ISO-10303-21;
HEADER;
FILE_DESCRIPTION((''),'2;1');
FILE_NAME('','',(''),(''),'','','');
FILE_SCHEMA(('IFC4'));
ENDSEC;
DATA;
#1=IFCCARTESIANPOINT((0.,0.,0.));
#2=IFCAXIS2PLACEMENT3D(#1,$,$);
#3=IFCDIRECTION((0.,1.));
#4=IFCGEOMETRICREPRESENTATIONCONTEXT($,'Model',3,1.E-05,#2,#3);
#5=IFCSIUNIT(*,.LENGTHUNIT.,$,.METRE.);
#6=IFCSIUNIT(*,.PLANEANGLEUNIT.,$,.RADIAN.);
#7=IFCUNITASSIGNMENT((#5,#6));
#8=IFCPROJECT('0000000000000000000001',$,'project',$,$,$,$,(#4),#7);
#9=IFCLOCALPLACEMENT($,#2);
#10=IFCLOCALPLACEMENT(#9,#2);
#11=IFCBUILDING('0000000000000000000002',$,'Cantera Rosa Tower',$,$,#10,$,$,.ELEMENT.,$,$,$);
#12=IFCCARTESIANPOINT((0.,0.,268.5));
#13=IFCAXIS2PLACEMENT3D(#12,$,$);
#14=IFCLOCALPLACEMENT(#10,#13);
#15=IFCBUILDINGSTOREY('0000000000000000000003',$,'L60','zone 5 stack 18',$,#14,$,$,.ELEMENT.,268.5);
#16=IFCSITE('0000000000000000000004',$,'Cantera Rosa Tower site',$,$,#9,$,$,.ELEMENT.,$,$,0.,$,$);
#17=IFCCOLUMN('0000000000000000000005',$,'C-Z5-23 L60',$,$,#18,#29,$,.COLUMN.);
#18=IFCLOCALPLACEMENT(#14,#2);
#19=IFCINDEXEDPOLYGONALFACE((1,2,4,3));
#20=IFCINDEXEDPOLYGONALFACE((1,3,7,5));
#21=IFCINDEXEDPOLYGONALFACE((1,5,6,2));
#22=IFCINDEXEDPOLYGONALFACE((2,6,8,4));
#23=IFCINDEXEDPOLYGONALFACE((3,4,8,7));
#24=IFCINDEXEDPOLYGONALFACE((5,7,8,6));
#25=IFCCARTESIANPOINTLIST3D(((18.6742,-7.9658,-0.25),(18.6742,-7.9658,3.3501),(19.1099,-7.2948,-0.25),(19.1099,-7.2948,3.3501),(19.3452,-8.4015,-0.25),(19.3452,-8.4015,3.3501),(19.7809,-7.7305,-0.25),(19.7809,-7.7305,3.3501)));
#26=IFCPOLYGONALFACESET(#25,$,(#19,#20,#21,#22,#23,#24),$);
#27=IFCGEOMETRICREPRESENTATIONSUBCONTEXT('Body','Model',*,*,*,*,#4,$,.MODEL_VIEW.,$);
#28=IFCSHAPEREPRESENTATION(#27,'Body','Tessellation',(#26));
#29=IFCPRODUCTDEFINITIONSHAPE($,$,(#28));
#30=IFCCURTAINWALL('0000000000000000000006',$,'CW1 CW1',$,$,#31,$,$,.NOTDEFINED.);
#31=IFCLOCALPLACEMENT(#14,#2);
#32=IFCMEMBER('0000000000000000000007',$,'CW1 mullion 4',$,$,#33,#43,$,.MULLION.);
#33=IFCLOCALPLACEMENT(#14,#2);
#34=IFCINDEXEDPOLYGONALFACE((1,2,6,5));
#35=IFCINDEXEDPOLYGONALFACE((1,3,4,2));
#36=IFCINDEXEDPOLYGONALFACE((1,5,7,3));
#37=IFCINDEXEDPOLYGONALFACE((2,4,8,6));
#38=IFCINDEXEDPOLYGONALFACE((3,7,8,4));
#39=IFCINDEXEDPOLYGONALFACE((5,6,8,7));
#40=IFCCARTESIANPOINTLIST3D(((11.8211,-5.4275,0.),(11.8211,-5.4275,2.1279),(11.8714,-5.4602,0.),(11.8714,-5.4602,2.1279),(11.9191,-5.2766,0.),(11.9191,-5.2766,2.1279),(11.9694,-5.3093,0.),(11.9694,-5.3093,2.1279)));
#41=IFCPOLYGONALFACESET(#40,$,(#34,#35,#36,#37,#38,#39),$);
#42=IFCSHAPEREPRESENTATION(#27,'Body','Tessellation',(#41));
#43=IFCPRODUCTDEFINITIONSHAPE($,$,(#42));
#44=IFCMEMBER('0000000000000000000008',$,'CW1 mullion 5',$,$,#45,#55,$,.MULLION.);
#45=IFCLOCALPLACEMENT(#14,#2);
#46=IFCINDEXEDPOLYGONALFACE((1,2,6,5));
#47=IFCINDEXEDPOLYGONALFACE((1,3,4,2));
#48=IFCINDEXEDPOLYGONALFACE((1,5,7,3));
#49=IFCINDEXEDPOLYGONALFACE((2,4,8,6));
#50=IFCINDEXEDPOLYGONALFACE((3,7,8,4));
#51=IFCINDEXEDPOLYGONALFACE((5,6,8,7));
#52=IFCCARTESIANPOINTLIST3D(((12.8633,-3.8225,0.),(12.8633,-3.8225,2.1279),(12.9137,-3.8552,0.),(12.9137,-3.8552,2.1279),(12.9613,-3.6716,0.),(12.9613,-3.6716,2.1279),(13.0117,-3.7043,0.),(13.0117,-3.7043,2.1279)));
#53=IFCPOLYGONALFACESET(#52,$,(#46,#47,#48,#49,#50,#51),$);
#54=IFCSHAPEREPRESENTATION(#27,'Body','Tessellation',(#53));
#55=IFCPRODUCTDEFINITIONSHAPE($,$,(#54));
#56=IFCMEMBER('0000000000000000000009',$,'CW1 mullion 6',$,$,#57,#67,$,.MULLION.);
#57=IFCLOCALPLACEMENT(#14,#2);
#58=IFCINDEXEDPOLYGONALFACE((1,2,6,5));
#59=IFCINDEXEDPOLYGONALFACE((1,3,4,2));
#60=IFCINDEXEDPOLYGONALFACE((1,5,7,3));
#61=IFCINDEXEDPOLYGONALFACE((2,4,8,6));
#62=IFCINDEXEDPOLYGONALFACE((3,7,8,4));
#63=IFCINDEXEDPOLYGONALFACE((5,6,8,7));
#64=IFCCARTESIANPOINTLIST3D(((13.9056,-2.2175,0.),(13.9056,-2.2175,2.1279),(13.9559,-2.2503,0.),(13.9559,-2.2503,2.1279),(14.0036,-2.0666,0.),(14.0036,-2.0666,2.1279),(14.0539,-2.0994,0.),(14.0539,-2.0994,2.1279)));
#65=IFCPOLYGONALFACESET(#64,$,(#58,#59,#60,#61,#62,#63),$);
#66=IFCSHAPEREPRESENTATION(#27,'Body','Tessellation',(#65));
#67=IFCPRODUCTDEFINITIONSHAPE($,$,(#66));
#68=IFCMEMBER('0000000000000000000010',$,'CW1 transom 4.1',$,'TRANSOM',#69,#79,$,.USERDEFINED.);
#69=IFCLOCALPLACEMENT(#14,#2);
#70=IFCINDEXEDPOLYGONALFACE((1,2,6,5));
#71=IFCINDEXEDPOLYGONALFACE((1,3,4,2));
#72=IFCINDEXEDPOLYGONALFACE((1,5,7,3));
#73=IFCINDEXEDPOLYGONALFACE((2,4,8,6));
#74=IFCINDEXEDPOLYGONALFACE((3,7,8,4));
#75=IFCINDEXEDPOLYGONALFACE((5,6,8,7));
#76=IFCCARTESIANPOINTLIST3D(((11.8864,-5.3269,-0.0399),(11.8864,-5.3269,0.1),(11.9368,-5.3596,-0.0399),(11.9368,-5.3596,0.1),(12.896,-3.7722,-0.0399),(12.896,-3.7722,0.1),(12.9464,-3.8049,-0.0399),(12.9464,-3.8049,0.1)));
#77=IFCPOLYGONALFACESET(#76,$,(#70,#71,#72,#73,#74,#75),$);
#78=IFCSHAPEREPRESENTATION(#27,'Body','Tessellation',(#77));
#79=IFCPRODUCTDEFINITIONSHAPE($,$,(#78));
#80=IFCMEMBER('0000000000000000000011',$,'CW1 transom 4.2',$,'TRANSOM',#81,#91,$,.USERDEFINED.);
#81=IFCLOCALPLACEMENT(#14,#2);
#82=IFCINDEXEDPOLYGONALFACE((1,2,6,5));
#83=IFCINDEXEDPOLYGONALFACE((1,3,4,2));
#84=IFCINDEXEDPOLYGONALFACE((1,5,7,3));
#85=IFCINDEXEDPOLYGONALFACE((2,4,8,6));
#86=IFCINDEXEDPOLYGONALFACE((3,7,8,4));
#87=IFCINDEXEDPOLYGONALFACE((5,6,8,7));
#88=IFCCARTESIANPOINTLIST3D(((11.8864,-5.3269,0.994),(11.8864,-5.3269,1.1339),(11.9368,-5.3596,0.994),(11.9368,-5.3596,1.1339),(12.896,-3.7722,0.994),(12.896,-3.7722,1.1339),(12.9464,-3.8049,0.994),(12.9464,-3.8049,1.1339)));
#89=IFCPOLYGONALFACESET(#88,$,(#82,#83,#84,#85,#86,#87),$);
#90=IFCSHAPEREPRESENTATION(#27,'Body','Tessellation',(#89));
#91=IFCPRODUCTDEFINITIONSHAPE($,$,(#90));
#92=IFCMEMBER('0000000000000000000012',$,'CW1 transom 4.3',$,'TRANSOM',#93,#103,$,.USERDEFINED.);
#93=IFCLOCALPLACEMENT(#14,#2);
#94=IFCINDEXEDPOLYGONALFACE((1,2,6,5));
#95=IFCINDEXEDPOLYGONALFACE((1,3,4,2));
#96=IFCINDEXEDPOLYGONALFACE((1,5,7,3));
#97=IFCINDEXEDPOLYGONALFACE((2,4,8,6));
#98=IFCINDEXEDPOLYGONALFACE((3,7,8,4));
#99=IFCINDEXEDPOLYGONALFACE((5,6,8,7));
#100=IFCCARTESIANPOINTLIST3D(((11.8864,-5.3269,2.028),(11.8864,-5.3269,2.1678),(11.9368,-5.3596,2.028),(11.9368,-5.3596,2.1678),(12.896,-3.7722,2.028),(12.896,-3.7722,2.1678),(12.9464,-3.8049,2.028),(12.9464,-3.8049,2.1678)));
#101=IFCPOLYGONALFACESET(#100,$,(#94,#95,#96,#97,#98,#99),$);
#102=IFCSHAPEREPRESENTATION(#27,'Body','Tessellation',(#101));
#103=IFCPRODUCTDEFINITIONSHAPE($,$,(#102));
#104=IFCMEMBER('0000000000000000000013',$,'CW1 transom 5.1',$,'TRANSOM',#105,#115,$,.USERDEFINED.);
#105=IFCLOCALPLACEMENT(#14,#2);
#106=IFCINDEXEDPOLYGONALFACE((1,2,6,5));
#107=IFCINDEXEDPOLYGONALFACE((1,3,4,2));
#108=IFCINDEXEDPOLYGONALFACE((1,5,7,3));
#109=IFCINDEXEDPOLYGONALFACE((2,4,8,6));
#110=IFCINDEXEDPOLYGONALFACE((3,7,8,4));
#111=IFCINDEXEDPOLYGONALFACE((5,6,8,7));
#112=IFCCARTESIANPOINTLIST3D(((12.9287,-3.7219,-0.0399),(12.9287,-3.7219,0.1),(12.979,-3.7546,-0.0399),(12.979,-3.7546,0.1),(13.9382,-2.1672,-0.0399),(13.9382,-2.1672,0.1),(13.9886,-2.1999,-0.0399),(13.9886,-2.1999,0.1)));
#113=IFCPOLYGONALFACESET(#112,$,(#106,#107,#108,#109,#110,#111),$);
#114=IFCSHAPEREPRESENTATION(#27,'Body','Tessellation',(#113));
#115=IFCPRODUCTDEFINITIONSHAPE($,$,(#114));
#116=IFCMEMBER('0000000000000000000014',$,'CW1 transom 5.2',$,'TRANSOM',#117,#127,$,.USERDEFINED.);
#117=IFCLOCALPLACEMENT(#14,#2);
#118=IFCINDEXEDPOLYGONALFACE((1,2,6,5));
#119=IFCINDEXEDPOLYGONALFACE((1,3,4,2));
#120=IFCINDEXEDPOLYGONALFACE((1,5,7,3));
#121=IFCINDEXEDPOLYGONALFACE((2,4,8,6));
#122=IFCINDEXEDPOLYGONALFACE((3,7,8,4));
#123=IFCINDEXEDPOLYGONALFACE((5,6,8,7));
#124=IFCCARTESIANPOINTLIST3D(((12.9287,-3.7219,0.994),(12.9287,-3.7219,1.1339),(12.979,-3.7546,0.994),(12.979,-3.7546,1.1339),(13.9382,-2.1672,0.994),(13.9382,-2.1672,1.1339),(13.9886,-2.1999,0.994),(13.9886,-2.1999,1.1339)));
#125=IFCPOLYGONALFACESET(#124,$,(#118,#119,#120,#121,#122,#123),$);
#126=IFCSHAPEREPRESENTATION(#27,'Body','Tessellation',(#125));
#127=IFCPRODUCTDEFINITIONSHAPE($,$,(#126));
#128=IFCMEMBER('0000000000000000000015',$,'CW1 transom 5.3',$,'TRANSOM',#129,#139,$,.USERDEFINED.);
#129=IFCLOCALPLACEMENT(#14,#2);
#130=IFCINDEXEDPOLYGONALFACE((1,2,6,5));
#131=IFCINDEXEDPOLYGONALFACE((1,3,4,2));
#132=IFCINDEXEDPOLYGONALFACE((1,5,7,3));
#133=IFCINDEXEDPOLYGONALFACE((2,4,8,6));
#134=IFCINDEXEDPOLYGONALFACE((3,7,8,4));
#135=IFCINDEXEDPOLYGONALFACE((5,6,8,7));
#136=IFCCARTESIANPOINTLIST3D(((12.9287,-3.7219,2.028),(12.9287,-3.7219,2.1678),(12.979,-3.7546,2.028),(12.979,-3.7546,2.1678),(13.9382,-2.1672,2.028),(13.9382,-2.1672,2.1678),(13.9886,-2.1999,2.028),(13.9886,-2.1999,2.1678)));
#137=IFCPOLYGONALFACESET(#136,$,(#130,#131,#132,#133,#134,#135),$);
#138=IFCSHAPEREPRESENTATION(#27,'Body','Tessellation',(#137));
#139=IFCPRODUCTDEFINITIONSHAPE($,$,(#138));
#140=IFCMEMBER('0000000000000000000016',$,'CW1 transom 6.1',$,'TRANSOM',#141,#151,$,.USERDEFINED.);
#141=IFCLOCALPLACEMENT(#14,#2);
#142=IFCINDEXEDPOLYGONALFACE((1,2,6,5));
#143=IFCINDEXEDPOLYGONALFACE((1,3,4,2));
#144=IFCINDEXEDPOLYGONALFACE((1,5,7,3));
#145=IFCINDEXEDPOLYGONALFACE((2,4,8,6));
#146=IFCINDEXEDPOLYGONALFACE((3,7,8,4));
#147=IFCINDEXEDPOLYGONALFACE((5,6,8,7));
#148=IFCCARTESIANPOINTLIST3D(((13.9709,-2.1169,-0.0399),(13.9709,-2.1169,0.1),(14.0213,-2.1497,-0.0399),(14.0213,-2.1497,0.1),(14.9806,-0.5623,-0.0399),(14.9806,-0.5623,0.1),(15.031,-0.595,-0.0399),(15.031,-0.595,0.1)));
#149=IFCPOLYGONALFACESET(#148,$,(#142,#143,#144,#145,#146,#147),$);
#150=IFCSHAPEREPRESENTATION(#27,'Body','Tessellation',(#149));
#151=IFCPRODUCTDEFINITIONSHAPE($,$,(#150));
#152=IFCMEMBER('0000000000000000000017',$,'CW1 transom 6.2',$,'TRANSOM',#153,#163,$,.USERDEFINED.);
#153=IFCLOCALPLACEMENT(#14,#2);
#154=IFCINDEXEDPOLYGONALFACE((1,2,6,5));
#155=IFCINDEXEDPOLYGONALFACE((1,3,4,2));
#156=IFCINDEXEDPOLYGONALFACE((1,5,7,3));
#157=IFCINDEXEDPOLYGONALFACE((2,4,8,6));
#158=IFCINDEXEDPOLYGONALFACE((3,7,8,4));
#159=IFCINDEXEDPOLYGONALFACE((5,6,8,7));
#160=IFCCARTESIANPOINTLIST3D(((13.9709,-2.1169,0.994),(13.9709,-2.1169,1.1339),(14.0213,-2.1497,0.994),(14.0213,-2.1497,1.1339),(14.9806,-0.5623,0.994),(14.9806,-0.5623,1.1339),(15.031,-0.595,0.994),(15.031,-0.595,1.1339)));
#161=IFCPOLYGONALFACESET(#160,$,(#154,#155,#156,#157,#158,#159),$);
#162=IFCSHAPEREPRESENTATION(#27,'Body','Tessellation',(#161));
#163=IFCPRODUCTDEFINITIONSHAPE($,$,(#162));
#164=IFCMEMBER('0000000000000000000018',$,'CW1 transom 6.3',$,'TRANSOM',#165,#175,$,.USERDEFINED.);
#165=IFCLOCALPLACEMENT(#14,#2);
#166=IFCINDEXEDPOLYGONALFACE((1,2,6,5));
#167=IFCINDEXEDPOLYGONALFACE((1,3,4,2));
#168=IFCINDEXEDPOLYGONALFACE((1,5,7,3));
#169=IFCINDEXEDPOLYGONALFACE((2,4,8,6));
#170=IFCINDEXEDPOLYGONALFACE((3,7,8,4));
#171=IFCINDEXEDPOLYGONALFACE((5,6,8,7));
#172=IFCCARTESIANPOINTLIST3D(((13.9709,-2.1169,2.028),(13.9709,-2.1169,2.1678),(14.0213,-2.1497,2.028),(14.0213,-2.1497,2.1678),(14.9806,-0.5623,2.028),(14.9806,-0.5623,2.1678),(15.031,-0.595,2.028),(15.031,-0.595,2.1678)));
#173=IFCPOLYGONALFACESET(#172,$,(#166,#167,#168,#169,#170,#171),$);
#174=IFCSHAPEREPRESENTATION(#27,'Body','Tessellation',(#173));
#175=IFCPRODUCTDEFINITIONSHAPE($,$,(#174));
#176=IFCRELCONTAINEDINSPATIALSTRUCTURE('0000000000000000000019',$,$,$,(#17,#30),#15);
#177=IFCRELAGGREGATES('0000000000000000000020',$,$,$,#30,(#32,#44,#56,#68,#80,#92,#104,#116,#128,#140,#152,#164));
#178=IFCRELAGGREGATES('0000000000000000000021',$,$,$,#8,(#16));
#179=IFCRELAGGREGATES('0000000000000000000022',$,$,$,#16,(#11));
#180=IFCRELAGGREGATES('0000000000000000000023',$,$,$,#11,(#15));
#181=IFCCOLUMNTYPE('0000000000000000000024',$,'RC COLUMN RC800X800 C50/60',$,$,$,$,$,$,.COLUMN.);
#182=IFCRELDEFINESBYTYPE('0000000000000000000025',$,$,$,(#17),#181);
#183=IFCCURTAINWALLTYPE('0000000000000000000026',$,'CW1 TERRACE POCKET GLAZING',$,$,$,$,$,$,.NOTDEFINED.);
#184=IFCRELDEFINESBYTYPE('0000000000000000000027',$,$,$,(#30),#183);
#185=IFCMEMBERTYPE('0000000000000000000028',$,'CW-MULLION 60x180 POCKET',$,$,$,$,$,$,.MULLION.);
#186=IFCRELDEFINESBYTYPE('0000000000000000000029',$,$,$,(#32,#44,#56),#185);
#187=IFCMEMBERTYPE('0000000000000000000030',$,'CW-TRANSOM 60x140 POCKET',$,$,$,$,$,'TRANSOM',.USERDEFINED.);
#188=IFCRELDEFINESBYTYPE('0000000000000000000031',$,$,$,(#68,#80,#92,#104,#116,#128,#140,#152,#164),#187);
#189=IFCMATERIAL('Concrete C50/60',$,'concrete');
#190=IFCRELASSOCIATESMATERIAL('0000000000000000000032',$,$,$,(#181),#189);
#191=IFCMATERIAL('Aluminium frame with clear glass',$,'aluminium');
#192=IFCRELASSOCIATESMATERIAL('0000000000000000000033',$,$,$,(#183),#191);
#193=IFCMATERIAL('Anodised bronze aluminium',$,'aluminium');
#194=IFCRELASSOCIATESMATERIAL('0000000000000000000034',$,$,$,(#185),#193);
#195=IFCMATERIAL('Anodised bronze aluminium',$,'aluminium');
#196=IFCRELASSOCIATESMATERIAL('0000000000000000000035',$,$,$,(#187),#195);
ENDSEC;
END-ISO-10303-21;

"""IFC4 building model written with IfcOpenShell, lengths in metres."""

from ifc_helpers import new_model, si_unit, direction, frame, origin, origin_2d, place, context, subcontext, project, spatial, rectangle, extrude, material, material_profile, profile_set, type_object, element, aggregate, save


model = new_model("IFC4")

# Units and contexts
model_context = context("Model", 3, precision=1e-05, world=origin(), true_north=direction((0.0, 1.0)))
body_context = subcontext(model_context, "Body", "Model", "MODEL_VIEW")
ifc_project = project(units=[si_unit("LENGTHUNIT", "METRE"), si_unit("PLANEANGLEUNIT", "RADIAN")], contexts=[model_context])

# Site, building, storey
site_placement = place(None, origin())
site = spatial("IfcSite", under=ifc_project, at=site_placement, Name="Cantera Rosa Tower site", CompositionType="ELEMENT", RefElevation=0.0)
building_placement = place(site_placement, origin())
building = spatial("IfcBuilding", under=site, at=building_placement, Name="Cantera Rosa Tower", CompositionType="ELEMENT")
storey_placement = place(building_placement, frame((0.0, 0.0, 268.5)))
storey = spatial("IfcBuildingStorey", under=building, at=storey_placement, Name="L60", Description="zone 5 stack 18", CompositionType="ELEMENT", Elevation=268.5)

# Column
ifc_material_1 = material(Name="Concrete C50/60", Category="concrete")
ifc_material_profile_1 = material_profile(ifc_material_1, rectangle(XDim=0.8, YDim=0.8, at=origin_2d()), Name="RC COLUMN RC800X800 C50/60")
ifc_profile_set_1 = profile_set([ifc_material_profile_1], Name="Concrete C50/60")
column_type = type_object("IfcColumnType", Name="RC COLUMN RC800X800 C50/60", PredefinedType="COLUMN", material=ifc_profile_set_1)
column_placement = place(storey_placement, frame((19.2275, -7.8481, -0.25), z_axis=(0.0, 0.0, 1.0), x_axis=(0.544639, 0.838671, 0.0)))
element("IfcColumn", 1, at=column_placement, inside=storey, type_object=column_type, Name="C-Z5-23 L60", PredefinedType="COLUMN", context=body_context, shape_type="SweptSolid", body=[
    extrude(rectangle(XDim=0.8, YDim=0.8, at=origin_2d()), origin(), (0.0, 0.0, 1.0), 3.6001),
])

# Curtain wall, members
ifc_material_2 = material(Name="Aluminium frame with clear glass", Category="aluminium")
curtain_wall_type = type_object("IfcCurtainWallType", Name="CW1 TERRACE POCKET GLAZING", PredefinedType="NOTDEFINED", material=ifc_material_2)
curtain_wall_placement = place(storey_placement, origin())
curtain_wall = element("IfcCurtainWall", 2, at=curtain_wall_placement, inside=storey, type_object=curtain_wall_type, Name="CW1 CW1", PredefinedType="NOTDEFINED")
ifc_material_3 = material(Name="Anodised bronze aluminium", Category="aluminium")
ifc_material_profile_2 = material_profile(ifc_material_3, rectangle(XDim=0.0601, YDim=0.1799, at=origin_2d()), Name="CW-MULLION 60x180 POCKET")
ifc_profile_set_2 = profile_set([ifc_material_profile_2], Name="Anodised bronze aluminium")
member_type_1 = type_object("IfcMemberType", Name="CW-MULLION 60x180 POCKET", PredefinedType="MULLION", material=ifc_profile_set_2)
member_1_placement = place(storey_placement, frame((11.8953, -5.3684, 0.0), z_axis=(0.0, 0.0, 1.0), x_axis=(-0.838671, 0.544639, 0.0)))
member_1 = element("IfcMember", 3, at=member_1_placement, type_object=member_type_1, Name="CW1 mullion 4", PredefinedType="MULLION", context=body_context, shape_type="SweptSolid", body=[
    extrude(rectangle(XDim=0.0601, YDim=0.1799, at=origin_2d()), origin(), (0.0, 0.0, 1.0), 2.1279),
])
member_2_placement = place(storey_placement, frame((12.9375, -3.7634, 0.0), z_axis=(0.0, 0.0, 1.0), x_axis=(-0.838671, 0.544639, 0.0)))
member_2 = element("IfcMember", 4, at=member_2_placement, type_object=member_type_1, Name="CW1 mullion 5", PredefinedType="MULLION", context=body_context, shape_type="SweptSolid", body=[
    extrude(rectangle(XDim=0.0601, YDim=0.1799, at=origin_2d()), origin(), (0.0, 0.0, 1.0), 2.1279),
])
member_3_placement = place(storey_placement, frame((13.9797, -2.1584, 0.0), z_axis=(0.0, 0.0, 1.0), x_axis=(-0.838671, 0.544639, 0.0)))
member_3 = element("IfcMember", 5, at=member_3_placement, type_object=member_type_1, Name="CW1 mullion 6", PredefinedType="MULLION", context=body_context, shape_type="SweptSolid", body=[
    extrude(rectangle(XDim=0.0601, YDim=0.1799, at=origin_2d()), origin(), (0.0, 0.0, 1.0), 2.1279),
])
ifc_material_4 = material(Name="Anodised bronze aluminium", Category="aluminium")
ifc_material_profile_3 = material_profile(ifc_material_4, rectangle(XDim=0.0601, YDim=0.1399, at=origin_2d()), Name="CW-TRANSOM 60x140 POCKET")
ifc_profile_set_3 = profile_set([ifc_material_profile_3], Name="Anodised bronze aluminium")
member_type_2 = type_object("IfcMemberType", Name="CW-TRANSOM 60x140 POCKET", ElementType="TRANSOM", PredefinedType="USERDEFINED", material=ifc_profile_set_3)
member_4_placement = place(storey_placement, frame((11.9116, -5.3433, 0.03), z_axis=(0.544599, 0.838696, 0.0), x_axis=(-0.838696, 0.544599, 0.0)))
member_4 = element("IfcMember", 6, at=member_4_placement, type_object=member_type_2, Name="CW1 transom 4.1", ObjectType="TRANSOM", PredefinedType="USERDEFINED", context=body_context, shape_type="SweptSolid", body=[
    extrude(rectangle(XDim=0.0601, YDim=0.1399, at=origin_2d()), origin(), (0.0, 0.0, 1.0), 1.8538),
])
member_5_placement = place(storey_placement, frame((11.9116, -5.3433, 1.064), z_axis=(0.544599, 0.838696, 0.0), x_axis=(-0.838696, 0.544599, 0.0)))
member_5 = element("IfcMember", 7, at=member_5_placement, type_object=member_type_2, Name="CW1 transom 4.2", ObjectType="TRANSOM", PredefinedType="USERDEFINED", context=body_context, shape_type="SweptSolid", body=[
    extrude(rectangle(XDim=0.0601, YDim=0.1399, at=origin_2d()), origin(), (0.0, 0.0, 1.0), 1.8538),
])
member_6_placement = place(storey_placement, frame((11.9116, -5.3433, 2.0979), z_axis=(0.544599, 0.838696, 0.0), x_axis=(-0.838696, 0.544599, 0.0)))
member_6 = element("IfcMember", 8, at=member_6_placement, type_object=member_type_2, Name="CW1 transom 4.3", ObjectType="TRANSOM", PredefinedType="USERDEFINED", context=body_context, shape_type="SweptSolid", body=[
    extrude(rectangle(XDim=0.0601, YDim=0.1399, at=origin_2d()), origin(), (0.0, 0.0, 1.0), 1.8538),
])
member_7_placement = place(storey_placement, frame((12.9539, -3.7383, 0.03), z_axis=(0.544599, 0.838696, 0.0), x_axis=(-0.838696, 0.544599, 0.0)))
member_7 = element("IfcMember", 9, at=member_7_placement, type_object=member_type_2, Name="CW1 transom 5.1", ObjectType="TRANSOM", PredefinedType="USERDEFINED", context=body_context, shape_type="SweptSolid", body=[
    extrude(rectangle(XDim=0.0601, YDim=0.1399, at=origin_2d()), origin(), (0.0, 0.0, 1.0), 1.8538),
])
member_8_placement = place(storey_placement, frame((12.9539, -3.7383, 1.064), z_axis=(0.544599, 0.838696, 0.0), x_axis=(-0.838696, 0.544599, 0.0)))
member_8 = element("IfcMember", 10, at=member_8_placement, type_object=member_type_2, Name="CW1 transom 5.2", ObjectType="TRANSOM", PredefinedType="USERDEFINED", context=body_context, shape_type="SweptSolid", body=[
    extrude(rectangle(XDim=0.0601, YDim=0.1399, at=origin_2d()), origin(), (0.0, 0.0, 1.0), 1.8538),
])
member_9_placement = place(storey_placement, frame((12.9539, -3.7383, 2.0979), z_axis=(0.544599, 0.838696, 0.0), x_axis=(-0.838696, 0.544599, 0.0)))
member_9 = element("IfcMember", 11, at=member_9_placement, type_object=member_type_2, Name="CW1 transom 5.3", ObjectType="TRANSOM", PredefinedType="USERDEFINED", context=body_context, shape_type="SweptSolid", body=[
    extrude(rectangle(XDim=0.0601, YDim=0.1399, at=origin_2d()), origin(), (0.0, 0.0, 1.0), 1.8538),
])
member_10_placement = place(storey_placement, frame((13.9961, -2.1333, 0.03), z_axis=(0.544692, 0.838636, 0.0), x_axis=(-0.838636, 0.544692, 0.0)))
member_10 = element("IfcMember", 12, at=member_10_placement, type_object=member_type_2, Name="CW1 transom 6.1", ObjectType="TRANSOM", PredefinedType="USERDEFINED", context=body_context, shape_type="SweptSolid", body=[
    extrude(rectangle(XDim=0.0601, YDim=0.1399, at=origin_2d()), origin(), (0.0, 0.0, 1.0), 1.8538),
])
member_11_placement = place(storey_placement, frame((13.9961, -2.1333, 1.064), z_axis=(0.544692, 0.838636, 0.0), x_axis=(-0.838636, 0.544692, 0.0)))
member_11 = element("IfcMember", 13, at=member_11_placement, type_object=member_type_2, Name="CW1 transom 6.2", ObjectType="TRANSOM", PredefinedType="USERDEFINED", context=body_context, shape_type="SweptSolid", body=[
    extrude(rectangle(XDim=0.0601, YDim=0.1399, at=origin_2d()), origin(), (0.0, 0.0, 1.0), 1.8538),
])
member_12_placement = place(storey_placement, frame((13.9961, -2.1333, 2.0979), z_axis=(0.544692, 0.838636, 0.0), x_axis=(-0.838636, 0.544692, 0.0)))
member_12 = element("IfcMember", 14, at=member_12_placement, type_object=member_type_2, Name="CW1 transom 6.3", ObjectType="TRANSOM", PredefinedType="USERDEFINED", context=body_context, shape_type="SweptSolid", body=[
    extrude(rectangle(XDim=0.0601, YDim=0.1399, at=origin_2d()), origin(), (0.0, 0.0, 1.0), 1.8538),
])

aggregate(curtain_wall, [member_1, member_2, member_3, member_4, member_5, member_6, member_7, member_8, member_9, member_10, member_11, member_12])

save(model, "model.ifc")
